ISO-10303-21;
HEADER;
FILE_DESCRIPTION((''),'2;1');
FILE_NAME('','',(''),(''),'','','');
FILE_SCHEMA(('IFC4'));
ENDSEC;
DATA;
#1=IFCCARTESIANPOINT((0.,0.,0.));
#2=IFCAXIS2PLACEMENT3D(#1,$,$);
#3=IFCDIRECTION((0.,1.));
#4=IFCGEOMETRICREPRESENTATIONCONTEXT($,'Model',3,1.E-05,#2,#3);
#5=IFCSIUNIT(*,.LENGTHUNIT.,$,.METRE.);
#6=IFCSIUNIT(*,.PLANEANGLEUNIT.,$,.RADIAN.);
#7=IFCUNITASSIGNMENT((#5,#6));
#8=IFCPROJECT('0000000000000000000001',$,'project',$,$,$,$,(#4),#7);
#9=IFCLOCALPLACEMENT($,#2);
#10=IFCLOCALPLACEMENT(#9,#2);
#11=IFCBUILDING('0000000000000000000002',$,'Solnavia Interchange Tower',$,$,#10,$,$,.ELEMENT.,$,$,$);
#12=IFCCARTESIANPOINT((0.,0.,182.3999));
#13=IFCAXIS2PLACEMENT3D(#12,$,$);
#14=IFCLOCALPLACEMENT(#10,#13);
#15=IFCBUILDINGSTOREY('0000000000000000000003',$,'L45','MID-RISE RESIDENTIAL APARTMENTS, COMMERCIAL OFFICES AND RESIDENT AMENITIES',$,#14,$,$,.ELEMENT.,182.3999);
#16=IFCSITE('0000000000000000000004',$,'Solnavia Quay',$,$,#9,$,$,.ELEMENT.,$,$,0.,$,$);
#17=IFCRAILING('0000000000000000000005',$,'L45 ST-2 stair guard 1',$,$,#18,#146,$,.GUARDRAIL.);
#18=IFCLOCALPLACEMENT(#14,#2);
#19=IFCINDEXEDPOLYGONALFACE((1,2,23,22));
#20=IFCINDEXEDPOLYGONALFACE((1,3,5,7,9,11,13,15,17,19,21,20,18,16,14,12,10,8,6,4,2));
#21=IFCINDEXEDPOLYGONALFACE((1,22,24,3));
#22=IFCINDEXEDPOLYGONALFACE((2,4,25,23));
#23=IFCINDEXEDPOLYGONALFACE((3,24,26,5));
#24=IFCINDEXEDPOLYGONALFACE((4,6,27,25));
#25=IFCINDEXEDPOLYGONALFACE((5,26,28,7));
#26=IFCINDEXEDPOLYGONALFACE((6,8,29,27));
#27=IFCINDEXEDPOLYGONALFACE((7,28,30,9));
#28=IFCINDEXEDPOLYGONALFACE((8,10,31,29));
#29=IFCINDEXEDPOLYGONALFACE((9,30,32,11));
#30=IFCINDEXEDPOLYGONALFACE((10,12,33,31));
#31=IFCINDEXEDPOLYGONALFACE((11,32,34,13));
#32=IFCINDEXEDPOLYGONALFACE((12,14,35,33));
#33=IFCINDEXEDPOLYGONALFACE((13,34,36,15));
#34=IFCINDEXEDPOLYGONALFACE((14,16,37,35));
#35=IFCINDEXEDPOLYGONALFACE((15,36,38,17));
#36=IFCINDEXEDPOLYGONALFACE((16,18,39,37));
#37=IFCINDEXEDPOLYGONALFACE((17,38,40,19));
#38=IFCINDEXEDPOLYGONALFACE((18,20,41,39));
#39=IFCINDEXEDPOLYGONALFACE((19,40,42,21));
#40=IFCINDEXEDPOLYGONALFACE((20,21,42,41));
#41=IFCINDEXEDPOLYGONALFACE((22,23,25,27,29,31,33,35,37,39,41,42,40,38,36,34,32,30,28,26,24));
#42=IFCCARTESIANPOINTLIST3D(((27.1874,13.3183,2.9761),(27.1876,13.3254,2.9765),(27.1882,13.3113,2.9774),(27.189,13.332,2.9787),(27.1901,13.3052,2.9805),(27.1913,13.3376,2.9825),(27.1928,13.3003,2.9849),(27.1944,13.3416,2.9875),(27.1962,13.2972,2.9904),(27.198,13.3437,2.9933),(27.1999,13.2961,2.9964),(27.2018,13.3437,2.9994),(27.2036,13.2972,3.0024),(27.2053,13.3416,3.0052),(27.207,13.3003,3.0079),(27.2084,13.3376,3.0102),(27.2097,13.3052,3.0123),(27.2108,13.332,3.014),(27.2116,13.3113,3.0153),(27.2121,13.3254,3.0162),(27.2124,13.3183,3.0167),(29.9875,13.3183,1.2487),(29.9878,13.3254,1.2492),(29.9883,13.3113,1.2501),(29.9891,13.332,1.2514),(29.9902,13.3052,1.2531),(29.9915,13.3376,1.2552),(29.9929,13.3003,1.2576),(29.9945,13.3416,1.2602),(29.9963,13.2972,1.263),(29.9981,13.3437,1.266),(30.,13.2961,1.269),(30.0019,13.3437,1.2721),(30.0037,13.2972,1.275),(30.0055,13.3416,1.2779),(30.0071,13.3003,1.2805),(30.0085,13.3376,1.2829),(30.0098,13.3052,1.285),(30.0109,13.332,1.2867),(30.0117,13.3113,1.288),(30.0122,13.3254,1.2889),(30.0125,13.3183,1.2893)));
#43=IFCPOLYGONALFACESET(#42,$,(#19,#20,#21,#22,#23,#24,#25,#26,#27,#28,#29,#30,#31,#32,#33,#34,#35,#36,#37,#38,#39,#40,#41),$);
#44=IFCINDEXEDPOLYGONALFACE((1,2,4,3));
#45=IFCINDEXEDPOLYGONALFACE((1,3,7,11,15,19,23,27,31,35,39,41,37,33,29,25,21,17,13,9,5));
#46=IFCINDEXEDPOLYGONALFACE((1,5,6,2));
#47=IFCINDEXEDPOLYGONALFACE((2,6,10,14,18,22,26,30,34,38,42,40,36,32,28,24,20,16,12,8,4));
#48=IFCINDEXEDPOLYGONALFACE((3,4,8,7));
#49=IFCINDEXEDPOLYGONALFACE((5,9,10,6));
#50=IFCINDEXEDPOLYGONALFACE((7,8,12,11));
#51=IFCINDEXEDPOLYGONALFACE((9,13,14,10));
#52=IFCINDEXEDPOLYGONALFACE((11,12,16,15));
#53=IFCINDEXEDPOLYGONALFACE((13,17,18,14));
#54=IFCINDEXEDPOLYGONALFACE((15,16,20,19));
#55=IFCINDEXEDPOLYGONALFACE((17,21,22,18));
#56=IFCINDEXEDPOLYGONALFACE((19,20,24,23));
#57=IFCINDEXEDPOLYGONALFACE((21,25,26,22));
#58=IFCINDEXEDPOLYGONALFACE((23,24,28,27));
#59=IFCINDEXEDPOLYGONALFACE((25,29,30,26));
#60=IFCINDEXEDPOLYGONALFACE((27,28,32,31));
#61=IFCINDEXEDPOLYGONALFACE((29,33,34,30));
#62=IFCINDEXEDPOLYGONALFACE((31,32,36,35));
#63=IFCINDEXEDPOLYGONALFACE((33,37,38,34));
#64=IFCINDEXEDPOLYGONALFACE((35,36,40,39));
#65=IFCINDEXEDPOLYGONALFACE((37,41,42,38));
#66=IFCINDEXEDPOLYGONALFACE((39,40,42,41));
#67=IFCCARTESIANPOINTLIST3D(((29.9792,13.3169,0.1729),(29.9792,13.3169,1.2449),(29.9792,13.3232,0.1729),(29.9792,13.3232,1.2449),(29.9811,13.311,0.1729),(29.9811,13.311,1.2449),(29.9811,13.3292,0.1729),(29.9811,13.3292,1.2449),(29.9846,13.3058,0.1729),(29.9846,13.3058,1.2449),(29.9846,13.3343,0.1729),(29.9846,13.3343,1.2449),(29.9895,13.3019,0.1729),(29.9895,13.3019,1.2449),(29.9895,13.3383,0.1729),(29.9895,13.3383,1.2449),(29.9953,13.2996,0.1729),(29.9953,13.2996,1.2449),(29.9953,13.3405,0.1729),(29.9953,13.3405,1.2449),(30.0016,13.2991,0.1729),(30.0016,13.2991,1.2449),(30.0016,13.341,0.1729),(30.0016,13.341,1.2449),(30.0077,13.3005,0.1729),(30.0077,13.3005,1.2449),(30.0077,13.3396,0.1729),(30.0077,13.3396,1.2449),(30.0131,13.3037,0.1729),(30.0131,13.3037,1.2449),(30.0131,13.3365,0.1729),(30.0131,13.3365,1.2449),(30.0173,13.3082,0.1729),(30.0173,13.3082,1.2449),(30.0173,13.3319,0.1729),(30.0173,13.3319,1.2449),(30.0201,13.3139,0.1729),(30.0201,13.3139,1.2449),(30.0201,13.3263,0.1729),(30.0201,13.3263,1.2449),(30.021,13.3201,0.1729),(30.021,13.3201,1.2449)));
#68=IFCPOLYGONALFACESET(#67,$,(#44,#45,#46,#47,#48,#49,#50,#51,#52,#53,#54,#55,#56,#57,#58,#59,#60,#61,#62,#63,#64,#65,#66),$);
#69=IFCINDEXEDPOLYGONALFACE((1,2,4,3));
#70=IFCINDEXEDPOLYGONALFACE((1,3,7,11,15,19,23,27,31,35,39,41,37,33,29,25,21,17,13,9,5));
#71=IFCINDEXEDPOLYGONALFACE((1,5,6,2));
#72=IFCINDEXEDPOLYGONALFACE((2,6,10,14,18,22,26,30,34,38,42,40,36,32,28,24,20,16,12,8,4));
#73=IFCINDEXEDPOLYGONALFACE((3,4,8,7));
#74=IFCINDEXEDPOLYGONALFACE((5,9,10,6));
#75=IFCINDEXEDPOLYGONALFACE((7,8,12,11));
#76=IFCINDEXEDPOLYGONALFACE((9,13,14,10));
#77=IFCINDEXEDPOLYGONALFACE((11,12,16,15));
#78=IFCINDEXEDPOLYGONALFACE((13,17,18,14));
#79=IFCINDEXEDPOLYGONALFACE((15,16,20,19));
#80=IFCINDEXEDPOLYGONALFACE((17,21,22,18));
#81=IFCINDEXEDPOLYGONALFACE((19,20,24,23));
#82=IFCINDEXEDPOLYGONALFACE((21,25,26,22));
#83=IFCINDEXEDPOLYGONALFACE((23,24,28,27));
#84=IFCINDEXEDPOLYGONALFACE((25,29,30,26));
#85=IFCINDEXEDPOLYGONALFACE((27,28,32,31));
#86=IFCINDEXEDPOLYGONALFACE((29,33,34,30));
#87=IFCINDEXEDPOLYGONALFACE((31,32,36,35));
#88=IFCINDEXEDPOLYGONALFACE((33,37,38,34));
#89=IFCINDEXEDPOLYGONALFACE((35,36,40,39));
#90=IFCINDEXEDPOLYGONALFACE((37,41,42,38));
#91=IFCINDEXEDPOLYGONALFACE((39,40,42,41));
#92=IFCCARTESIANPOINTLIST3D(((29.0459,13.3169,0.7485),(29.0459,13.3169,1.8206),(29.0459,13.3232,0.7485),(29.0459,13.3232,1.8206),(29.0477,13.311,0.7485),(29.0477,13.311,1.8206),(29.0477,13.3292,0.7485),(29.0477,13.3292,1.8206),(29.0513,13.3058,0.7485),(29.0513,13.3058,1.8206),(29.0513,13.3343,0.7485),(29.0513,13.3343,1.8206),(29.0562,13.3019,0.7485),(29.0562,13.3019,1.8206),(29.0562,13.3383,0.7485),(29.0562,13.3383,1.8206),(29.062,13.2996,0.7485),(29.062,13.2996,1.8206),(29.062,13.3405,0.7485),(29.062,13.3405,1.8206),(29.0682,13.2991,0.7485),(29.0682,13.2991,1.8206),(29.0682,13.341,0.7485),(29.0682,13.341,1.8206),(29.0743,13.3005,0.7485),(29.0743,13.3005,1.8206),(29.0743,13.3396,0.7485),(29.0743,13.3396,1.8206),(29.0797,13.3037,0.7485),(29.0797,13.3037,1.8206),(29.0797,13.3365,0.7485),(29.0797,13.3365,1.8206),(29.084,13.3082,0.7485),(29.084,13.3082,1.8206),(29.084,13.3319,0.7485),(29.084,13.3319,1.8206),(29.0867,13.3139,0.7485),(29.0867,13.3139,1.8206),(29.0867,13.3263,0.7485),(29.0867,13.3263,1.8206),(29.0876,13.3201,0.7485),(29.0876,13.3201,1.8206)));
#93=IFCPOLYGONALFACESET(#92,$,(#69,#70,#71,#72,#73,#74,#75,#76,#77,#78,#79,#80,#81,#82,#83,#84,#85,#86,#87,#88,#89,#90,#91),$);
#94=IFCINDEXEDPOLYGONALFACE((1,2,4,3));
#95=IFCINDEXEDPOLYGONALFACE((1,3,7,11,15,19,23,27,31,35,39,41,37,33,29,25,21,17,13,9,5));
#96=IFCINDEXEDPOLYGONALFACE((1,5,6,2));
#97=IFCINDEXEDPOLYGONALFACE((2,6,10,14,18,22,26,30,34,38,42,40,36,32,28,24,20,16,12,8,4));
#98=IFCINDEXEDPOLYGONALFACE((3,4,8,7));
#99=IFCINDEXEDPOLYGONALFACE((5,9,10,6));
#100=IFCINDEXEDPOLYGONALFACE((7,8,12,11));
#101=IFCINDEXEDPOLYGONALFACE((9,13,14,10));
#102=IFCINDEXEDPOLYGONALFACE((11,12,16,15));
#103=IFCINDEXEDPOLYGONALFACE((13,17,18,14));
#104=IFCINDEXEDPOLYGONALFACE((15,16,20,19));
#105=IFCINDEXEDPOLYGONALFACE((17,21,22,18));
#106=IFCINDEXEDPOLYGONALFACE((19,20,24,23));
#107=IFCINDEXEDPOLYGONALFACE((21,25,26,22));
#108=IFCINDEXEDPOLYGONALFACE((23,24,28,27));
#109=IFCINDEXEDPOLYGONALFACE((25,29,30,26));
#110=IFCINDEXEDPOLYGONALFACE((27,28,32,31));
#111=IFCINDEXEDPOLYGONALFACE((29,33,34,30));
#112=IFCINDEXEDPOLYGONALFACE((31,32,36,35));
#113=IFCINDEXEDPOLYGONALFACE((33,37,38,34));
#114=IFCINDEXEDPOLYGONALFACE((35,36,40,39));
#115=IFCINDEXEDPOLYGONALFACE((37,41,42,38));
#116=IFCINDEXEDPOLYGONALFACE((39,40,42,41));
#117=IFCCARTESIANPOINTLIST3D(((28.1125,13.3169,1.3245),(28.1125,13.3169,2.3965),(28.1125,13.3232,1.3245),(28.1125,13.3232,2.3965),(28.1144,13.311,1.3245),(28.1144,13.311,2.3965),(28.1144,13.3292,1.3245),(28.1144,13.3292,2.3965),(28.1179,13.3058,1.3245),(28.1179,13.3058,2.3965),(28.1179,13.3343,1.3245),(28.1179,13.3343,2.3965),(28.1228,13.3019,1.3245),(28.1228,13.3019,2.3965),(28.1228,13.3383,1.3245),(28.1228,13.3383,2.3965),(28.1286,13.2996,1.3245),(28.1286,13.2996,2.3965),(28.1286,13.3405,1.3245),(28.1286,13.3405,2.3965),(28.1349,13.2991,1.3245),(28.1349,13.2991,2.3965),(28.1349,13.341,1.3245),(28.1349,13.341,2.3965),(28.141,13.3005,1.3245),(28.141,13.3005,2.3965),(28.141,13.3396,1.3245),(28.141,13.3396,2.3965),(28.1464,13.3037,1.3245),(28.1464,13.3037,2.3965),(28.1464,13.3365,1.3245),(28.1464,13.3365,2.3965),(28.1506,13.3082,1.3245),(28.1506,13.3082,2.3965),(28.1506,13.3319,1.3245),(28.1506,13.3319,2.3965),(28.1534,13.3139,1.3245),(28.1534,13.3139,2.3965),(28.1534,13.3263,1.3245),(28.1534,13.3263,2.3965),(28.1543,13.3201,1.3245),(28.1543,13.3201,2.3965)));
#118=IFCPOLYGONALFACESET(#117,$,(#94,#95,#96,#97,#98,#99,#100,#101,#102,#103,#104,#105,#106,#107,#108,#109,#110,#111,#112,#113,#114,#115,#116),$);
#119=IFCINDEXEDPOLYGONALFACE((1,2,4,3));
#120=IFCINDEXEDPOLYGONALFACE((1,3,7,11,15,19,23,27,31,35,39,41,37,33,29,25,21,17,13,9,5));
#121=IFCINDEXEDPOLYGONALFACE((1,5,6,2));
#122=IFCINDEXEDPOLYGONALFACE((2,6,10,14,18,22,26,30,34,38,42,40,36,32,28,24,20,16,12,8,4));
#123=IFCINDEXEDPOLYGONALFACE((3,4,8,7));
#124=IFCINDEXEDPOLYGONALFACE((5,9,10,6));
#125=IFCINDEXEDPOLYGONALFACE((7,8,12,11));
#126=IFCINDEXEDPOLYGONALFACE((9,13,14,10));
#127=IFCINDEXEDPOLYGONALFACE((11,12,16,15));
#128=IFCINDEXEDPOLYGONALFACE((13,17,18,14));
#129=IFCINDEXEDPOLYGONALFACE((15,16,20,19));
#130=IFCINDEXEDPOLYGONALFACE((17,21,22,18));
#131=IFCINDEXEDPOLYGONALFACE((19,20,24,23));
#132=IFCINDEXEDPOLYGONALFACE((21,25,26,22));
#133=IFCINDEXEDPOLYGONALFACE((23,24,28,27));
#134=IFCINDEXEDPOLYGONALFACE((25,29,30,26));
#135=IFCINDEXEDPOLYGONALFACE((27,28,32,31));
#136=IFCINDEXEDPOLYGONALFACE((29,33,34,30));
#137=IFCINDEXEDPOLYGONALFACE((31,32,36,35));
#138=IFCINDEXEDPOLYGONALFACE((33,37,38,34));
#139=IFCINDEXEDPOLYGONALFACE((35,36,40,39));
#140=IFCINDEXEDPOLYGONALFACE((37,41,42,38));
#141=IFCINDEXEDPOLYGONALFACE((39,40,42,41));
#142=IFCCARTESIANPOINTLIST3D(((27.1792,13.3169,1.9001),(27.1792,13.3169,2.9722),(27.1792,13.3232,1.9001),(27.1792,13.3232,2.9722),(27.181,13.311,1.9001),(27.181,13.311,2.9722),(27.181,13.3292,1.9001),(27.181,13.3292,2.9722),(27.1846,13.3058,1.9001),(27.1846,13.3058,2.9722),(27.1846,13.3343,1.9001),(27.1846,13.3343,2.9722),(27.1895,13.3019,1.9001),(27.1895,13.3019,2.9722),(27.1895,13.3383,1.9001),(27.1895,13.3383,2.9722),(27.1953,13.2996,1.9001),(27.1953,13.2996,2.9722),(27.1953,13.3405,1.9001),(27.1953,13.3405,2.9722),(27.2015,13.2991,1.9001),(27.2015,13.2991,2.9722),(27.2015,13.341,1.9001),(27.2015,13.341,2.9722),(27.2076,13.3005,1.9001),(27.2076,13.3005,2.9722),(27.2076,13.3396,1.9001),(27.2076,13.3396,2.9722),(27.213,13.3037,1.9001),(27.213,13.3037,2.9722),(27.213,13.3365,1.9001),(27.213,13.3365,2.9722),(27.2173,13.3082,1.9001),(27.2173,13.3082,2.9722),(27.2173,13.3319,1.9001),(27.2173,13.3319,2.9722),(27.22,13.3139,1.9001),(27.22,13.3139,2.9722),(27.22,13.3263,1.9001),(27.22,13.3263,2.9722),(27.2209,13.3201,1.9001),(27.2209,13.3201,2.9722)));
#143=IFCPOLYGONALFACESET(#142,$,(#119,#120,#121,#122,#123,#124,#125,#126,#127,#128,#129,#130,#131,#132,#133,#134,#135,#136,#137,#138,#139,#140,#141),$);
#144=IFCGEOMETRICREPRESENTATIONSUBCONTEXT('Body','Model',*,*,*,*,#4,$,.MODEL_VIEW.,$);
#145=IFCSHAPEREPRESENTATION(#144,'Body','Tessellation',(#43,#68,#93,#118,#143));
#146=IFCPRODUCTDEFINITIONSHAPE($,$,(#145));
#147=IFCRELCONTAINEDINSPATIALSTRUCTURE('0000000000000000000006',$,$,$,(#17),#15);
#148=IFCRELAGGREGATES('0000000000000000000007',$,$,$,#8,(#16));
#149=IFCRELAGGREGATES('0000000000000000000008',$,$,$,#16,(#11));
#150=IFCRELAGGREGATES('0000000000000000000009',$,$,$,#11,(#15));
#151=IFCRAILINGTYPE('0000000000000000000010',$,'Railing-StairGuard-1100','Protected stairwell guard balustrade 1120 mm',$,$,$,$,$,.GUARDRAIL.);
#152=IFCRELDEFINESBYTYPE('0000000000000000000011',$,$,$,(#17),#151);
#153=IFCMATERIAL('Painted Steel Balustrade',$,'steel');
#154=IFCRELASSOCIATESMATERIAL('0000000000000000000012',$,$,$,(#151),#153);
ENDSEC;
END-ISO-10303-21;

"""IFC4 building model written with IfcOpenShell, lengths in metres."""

from ifc_helpers import new_model, si_unit, direction, frame, origin, origin_2d, place, context, subcontext, project, spatial, circle, extrude, material, type_object, element, save


model = new_model("IFC4")

# Units and contexts
model_context = context("Model", 3, precision=1e-05, world=origin(), true_north=direction((0.0, 1.0)))
body_context = subcontext(model_context, "Body", "Model", "MODEL_VIEW")
ifc_project = project(units=[si_unit("LENGTHUNIT", "METRE"), si_unit("PLANEANGLEUNIT", "RADIAN")], contexts=[model_context])

# Site, building, storey
site_placement = place(None, origin())
site = spatial("IfcSite", under=ifc_project, at=site_placement, Name="Solnavia Quay", CompositionType="ELEMENT", RefElevation=0.0)
building_placement = place(site_placement, origin())
building = spatial("IfcBuilding", under=site, at=building_placement, Name="Solnavia Interchange Tower", CompositionType="ELEMENT")
storey_placement = place(building_placement, frame((0.0, 0.0, 182.3999)))
storey = spatial("IfcBuildingStorey", under=building, at=storey_placement, Name="L45", Description="MID-RISE RESIDENTIAL APARTMENTS, COMMERCIAL OFFICES AND RESIDENT AMENITIES", CompositionType="ELEMENT", Elevation=182.3999)

# Railing
ifc_material_1 = material(Name="Painted Steel Balustrade", Category="steel")
railing_type_1 = type_object("IfcRailingType", Name="Railing-StairGuard-1100", Description="Protected stairwell guard balustrade 1120 mm", PredefinedType="GUARDRAIL", material=ifc_material_1)
railing_1_placement = place(storey_placement, frame((30.0, 13.3201, 0.1729)))
element("IfcRailing", 1, at=railing_1_placement, inside=storey, type_object=railing_type_1, Name="L45 ST-2 stair guard 1", PredefinedType="GUARDRAIL", context=body_context, shape_type="SweptSolid", body=[
    extrude(circle(Radius=0.0239, at=origin_2d()), frame((0.0, 0.0, 1.0962), z_axis=(-0.85109, 0.0, 0.52502), x_axis=(0.0, -1.0, 0.0)), (0.0, 0.0, 1.0), 3.29),
    extrude(circle(Radius=0.021, at=origin_2d()), origin(), (0.0, 0.0, 1.0), 1.072),
    extrude(circle(Radius=0.021, at=origin_2d()), frame((-0.9333, 0.0, 0.5757)), (0.0, 0.0, 1.0), 1.072),
    extrude(circle(Radius=0.021, at=origin_2d()), frame((-1.8667, 0.0, 1.1516)), (0.0, 0.0, 1.0), 1.072),
    extrude(circle(Radius=0.021, at=origin_2d()), frame((-2.8, 0.0, 1.7273)), (0.0, 0.0, 1.0), 1.072),
])

save(model, "model.ifc")
